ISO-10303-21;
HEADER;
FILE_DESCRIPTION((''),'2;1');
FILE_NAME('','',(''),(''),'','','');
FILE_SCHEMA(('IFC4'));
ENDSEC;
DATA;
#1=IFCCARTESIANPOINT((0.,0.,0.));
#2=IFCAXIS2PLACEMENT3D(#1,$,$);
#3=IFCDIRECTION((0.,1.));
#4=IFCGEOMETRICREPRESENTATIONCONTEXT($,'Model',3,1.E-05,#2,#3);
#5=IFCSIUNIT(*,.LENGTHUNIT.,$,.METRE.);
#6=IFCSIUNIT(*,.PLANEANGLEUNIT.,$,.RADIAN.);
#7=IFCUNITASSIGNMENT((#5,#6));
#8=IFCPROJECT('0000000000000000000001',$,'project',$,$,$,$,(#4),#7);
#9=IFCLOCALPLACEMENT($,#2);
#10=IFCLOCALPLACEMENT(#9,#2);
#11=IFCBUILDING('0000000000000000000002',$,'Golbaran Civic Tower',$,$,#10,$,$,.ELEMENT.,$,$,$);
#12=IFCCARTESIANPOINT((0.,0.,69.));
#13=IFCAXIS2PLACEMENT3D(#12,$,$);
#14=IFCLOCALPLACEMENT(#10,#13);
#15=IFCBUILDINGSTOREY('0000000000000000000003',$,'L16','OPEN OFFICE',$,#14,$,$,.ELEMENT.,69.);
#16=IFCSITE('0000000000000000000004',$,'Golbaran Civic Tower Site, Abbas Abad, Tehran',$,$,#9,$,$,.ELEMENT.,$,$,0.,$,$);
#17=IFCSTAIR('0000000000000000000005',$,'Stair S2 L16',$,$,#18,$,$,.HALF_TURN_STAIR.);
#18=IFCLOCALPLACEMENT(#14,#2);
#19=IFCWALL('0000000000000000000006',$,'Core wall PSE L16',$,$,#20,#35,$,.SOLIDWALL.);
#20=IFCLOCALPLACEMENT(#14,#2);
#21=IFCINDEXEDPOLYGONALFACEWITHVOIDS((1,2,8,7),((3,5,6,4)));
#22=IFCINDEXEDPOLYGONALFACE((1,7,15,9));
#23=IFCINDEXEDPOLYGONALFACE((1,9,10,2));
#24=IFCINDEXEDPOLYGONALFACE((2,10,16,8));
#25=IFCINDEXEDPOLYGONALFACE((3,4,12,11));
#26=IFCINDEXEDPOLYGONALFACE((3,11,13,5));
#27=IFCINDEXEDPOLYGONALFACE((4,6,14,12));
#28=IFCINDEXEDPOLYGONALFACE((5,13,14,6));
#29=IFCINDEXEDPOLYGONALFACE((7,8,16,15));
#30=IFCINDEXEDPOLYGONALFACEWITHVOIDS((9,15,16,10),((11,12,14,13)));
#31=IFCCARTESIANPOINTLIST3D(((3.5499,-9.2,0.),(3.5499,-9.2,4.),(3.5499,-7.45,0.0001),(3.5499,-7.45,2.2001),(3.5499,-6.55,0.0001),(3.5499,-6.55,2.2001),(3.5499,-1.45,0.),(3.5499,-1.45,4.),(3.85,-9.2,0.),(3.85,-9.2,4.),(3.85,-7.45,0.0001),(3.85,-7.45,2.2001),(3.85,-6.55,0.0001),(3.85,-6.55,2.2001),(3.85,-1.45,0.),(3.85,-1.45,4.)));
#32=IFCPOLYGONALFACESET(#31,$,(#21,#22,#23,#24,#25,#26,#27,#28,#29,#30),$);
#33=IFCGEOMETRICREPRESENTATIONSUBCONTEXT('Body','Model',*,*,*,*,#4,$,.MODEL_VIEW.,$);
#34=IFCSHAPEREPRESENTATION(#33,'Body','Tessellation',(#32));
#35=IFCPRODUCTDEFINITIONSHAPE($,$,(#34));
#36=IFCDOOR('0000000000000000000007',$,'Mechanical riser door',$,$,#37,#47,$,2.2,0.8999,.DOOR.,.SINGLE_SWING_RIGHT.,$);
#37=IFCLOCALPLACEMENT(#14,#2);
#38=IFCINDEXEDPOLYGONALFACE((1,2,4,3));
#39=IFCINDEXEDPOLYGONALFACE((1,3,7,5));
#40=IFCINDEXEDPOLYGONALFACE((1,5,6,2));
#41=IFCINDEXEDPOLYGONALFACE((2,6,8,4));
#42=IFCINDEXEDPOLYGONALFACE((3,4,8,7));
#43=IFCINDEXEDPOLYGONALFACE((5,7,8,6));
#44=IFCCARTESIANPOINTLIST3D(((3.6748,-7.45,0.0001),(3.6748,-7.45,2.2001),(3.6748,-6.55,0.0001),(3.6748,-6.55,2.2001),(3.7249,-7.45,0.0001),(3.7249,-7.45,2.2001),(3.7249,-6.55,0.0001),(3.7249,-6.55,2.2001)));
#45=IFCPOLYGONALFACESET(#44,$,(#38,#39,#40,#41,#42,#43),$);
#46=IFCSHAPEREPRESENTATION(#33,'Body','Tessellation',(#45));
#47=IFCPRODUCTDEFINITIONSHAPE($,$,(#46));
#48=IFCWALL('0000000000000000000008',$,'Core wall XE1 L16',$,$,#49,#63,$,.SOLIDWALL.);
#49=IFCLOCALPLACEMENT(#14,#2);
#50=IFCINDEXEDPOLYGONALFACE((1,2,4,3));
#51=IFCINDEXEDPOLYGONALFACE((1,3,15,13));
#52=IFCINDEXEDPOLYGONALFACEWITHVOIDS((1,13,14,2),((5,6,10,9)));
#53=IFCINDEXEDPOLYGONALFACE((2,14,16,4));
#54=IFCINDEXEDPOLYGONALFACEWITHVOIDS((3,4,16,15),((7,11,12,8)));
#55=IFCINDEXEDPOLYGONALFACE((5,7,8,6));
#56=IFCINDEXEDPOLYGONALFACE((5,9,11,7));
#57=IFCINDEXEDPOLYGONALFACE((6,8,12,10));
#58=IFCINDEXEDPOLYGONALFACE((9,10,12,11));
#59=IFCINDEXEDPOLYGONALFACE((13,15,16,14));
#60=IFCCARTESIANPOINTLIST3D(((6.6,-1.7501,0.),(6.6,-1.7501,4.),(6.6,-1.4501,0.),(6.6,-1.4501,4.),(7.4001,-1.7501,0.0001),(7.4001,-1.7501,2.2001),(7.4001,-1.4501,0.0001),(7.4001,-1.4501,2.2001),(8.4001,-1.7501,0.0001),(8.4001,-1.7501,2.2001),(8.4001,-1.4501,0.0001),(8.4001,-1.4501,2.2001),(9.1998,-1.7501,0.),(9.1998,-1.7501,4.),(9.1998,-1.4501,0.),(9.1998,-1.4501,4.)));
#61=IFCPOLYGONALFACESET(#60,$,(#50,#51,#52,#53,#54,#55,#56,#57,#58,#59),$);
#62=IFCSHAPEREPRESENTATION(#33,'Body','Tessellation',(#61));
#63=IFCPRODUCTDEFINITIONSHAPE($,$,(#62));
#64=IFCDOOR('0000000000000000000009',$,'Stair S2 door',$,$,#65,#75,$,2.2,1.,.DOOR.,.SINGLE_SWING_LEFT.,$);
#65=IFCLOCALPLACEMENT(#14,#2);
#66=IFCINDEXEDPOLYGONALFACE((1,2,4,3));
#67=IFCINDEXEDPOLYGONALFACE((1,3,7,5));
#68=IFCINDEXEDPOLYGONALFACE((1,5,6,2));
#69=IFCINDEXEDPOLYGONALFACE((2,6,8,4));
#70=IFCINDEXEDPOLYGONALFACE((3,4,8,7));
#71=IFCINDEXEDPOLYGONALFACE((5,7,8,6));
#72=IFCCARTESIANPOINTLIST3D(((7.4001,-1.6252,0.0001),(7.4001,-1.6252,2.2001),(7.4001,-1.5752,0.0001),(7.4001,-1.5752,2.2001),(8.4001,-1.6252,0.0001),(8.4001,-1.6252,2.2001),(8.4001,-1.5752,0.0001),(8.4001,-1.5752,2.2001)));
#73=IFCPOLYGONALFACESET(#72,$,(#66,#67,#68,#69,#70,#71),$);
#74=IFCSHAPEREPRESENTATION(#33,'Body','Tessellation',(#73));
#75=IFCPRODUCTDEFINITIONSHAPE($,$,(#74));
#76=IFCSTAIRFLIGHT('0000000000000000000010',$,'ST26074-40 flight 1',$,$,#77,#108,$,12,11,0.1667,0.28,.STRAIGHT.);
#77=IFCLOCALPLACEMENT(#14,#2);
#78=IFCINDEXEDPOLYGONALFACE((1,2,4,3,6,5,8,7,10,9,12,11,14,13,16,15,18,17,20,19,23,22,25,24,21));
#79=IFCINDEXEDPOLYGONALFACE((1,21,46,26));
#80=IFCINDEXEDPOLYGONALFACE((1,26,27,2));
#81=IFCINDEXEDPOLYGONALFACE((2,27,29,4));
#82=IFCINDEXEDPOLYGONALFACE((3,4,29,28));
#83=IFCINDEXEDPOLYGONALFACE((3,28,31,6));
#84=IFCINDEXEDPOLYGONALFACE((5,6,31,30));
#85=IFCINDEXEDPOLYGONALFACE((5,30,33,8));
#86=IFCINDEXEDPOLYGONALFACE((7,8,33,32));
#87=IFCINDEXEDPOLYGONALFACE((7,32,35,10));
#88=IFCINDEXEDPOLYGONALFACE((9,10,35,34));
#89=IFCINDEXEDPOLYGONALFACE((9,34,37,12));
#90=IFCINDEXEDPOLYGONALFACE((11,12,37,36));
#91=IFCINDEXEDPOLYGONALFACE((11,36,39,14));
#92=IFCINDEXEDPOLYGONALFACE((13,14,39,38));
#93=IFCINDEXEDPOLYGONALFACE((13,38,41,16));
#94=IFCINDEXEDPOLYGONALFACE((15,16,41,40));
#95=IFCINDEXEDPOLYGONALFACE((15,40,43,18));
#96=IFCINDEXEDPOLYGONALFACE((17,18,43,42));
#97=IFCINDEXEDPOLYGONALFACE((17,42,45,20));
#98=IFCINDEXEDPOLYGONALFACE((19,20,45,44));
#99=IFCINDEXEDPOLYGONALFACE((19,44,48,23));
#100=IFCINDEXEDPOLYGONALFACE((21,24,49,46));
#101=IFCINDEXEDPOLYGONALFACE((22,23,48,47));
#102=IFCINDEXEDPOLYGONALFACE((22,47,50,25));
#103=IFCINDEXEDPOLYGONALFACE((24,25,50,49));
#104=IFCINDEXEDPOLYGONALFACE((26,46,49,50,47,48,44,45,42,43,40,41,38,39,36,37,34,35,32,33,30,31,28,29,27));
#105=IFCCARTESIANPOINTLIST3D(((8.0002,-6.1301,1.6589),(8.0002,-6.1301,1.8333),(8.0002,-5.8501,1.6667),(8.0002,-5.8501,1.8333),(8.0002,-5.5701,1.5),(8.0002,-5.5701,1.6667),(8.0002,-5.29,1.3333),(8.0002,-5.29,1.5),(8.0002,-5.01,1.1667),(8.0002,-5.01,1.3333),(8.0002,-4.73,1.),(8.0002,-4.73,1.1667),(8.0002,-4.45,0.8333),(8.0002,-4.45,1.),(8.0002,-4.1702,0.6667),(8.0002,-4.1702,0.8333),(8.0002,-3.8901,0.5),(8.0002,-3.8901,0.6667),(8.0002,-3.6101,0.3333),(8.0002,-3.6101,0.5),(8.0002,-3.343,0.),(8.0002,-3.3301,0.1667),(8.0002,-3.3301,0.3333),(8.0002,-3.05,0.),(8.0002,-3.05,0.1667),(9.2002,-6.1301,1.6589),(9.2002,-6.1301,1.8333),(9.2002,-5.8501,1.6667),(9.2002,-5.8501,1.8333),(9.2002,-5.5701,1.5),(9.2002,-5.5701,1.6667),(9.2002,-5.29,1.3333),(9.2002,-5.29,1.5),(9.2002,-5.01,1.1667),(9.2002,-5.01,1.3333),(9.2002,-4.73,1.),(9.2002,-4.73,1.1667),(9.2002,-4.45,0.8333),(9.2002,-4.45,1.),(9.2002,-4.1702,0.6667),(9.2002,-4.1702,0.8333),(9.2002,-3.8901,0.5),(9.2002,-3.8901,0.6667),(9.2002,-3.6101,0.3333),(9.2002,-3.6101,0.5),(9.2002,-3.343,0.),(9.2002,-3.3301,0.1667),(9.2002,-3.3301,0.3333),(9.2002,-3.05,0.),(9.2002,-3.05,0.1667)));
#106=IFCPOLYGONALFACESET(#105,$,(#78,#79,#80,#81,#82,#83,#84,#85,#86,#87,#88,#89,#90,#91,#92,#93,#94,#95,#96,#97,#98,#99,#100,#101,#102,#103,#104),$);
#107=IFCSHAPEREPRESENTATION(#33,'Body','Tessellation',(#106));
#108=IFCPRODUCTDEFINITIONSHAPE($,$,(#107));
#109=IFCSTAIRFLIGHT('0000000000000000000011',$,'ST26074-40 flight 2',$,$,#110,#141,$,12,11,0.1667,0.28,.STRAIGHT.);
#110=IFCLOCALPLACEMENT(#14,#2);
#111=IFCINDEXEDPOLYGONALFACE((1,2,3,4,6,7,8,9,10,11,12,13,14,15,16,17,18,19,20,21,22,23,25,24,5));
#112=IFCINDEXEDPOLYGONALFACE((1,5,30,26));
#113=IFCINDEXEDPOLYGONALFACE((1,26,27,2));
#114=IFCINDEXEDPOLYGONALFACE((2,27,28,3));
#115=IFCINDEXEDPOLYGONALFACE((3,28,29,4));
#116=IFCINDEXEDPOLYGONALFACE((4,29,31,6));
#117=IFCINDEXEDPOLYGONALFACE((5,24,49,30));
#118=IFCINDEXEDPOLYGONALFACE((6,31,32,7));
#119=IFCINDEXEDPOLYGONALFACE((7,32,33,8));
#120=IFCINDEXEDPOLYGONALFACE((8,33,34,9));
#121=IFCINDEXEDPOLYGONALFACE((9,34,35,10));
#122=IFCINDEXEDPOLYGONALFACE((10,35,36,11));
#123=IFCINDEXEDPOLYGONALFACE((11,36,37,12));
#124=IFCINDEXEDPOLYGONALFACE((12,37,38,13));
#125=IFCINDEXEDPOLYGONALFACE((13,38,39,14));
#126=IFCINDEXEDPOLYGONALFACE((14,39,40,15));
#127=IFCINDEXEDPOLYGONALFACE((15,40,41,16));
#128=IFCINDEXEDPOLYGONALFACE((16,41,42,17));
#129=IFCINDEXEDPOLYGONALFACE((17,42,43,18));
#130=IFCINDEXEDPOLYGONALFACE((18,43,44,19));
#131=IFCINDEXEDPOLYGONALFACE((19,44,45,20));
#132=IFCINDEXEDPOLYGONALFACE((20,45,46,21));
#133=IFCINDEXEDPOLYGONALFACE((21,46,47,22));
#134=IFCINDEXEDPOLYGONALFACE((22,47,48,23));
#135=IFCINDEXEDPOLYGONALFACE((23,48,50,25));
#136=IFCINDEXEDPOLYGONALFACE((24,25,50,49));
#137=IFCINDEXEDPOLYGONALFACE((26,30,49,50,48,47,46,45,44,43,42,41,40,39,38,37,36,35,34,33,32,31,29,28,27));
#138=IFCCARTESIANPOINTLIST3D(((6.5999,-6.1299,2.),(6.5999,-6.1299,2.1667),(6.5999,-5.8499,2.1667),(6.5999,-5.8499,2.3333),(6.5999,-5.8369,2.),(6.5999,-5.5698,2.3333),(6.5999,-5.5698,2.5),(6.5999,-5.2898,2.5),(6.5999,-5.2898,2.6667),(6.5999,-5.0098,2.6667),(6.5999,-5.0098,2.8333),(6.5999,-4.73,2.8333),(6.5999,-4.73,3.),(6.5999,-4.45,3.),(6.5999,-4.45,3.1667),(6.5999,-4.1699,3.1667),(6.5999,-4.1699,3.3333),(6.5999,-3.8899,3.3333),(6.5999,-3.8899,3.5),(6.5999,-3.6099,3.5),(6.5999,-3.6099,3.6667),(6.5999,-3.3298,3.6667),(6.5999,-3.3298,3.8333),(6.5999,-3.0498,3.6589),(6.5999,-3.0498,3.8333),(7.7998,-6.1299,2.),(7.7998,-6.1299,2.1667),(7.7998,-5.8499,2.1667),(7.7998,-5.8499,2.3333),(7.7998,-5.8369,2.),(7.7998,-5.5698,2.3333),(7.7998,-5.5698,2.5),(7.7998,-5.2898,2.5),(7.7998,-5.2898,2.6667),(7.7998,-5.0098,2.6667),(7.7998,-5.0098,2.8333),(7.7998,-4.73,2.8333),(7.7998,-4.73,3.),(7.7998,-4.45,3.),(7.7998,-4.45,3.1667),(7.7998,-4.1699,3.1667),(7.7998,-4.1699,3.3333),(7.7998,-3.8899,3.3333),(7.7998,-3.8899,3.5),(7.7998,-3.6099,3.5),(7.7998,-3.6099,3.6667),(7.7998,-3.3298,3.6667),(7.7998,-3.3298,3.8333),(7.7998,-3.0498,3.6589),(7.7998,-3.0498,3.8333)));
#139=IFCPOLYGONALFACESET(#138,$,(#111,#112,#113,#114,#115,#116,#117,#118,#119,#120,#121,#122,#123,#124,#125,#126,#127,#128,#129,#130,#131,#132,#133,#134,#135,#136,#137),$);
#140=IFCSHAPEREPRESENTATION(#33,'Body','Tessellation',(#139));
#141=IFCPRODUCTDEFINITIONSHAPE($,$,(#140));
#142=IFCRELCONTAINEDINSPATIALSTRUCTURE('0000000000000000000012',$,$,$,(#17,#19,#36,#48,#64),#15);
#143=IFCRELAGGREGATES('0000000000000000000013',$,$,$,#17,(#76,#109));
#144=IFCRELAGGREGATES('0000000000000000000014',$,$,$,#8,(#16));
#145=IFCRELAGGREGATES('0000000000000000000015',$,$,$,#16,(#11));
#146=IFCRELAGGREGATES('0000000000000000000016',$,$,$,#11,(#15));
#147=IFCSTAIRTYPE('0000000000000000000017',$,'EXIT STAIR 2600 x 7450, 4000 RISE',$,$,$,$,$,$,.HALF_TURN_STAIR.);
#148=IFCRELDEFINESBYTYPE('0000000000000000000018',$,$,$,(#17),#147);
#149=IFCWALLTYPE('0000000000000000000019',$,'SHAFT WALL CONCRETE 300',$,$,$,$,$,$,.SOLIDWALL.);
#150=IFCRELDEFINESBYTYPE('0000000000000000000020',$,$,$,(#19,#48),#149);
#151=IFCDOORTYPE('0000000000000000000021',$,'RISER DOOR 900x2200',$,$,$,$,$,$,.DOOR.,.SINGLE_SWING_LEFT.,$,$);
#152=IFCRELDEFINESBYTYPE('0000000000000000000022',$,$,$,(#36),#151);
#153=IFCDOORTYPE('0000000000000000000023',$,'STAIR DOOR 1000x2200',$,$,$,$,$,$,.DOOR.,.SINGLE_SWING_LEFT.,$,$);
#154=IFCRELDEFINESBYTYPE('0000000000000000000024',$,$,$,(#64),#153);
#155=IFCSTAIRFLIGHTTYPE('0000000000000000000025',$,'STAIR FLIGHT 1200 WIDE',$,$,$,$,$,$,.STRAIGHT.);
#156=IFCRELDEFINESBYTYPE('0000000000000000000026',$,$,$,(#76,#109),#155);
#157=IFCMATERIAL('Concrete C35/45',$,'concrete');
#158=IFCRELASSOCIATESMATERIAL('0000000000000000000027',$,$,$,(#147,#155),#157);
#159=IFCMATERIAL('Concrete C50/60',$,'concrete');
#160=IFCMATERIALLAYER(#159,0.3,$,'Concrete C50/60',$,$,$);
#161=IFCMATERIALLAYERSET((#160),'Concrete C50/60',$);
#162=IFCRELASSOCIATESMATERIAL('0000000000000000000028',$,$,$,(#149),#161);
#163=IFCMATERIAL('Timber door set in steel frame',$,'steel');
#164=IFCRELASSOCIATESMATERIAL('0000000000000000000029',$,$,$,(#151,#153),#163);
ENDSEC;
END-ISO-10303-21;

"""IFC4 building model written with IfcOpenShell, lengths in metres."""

from ifc_helpers import new_model, si_unit, direction, frame, frame_2d, origin, place, context, subcontext, project, spatial, polyline, rectangle, outline, extrude, material, layer, layer_set, type_object, element, fill, aggregate, save


model = new_model("IFC4")

# Units and contexts
model_context = context("Model", 3, precision=1e-05, world=origin(), true_north=direction((0.0, 1.0)))
body_context = subcontext(model_context, "Body", "Model", "MODEL_VIEW")
ifc_project = project(units=[si_unit("LENGTHUNIT", "METRE"), si_unit("PLANEANGLEUNIT", "RADIAN")], contexts=[model_context])

# Site, building, storey
site_placement = place(None, origin())
site = spatial("IfcSite", under=ifc_project, at=site_placement, Name="Golbaran Civic Tower Site, Abbas Abad, Tehran", CompositionType="ELEMENT", RefElevation=0.0)
building_placement = place(site_placement, origin())
building = spatial("IfcBuilding", under=site, at=building_placement, Name="Golbaran Civic Tower", CompositionType="ELEMENT")
storey_placement = place(building_placement, frame((0.0, 0.0, 69.0)))
storey = spatial("IfcBuildingStorey", under=building, at=storey_placement, Name="L16", Description="OPEN OFFICE", CompositionType="ELEMENT", Elevation=69.0)

# Shared definitions
ifc_material_1 = material(Name="Concrete C35/45", Category="concrete")
stair_type = type_object("IfcStairType", Name="EXIT STAIR 2600 x 7450, 4000 RISE", PredefinedType="HALF_TURN_STAIR", material=ifc_material_1)

# Stair
stair_1_placement = place(storey_placement, origin())
stair_1 = element("IfcStair", 1, at=stair_1_placement, inside=storey, type_object=stair_type, Name="Stair S2 L16", PredefinedType="HALF_TURN_STAIR")

# Shared definitions
ifc_material_2 = material(Name="Timber door set in steel frame", Category="steel")

# Shared definitions
ifc_material_3 = material(Name="Concrete C50/60", Category="concrete")
ifc_layer_1 = layer(ifc_material_3, 0.3, Name="Concrete C50/60")
ifc_layer_set_1 = layer_set([ifc_layer_1], Name="Concrete C50/60")
wall_type_1 = type_object("IfcWallType", Name="SHAFT WALL CONCRETE 300", PredefinedType="SOLIDWALL", material=ifc_layer_set_1)

# Shared definitions
door_type_1 = type_object("IfcDoorType", Name="RISER DOOR 900x2200", OperationType="SINGLE_SWING_LEFT", PredefinedType="DOOR", material=ifc_material_2)
door_type_2 = type_object("IfcDoorType", Name="STAIR DOOR 1000x2200", OperationType="SINGLE_SWING_LEFT", PredefinedType="DOOR", material=ifc_material_2)

# Walls, openings, doors
wall_1_placement = place(storey_placement, frame((3.7, -1.45, 0.0), z_axis=(0.0, 0.0, 1.0), x_axis=(0.0, -1.0, 0.0)))
wall_1 = element("IfcWall", 2, at=wall_1_placement, inside=storey, type_object=wall_type_1, Name="Core wall PSE L16", PredefinedType="SOLIDWALL", context=body_context, shape_type="SweptSolid", body=[
    extrude(rectangle(XDim=7.75, YDim=0.3, at=frame_2d((3.875, 0.0))), origin(), (0.0, 0.0, 1.0), 4.0),
])
opening_1_placement = place(wall_1_placement, frame((5.1001, 0.0, 0.0)))
opening_1 = element("IfcOpeningElement", 3, at=opening_1_placement, cuts=wall_1, PredefinedType="OPENING", context=body_context, shape_type="SweptSolid", body=[
    extrude(rectangle(XDim=0.8999, YDim=2.2, at=frame_2d((0.45, 1.1001))), frame((0.0, 0.1599, 0.0), z_axis=(0.0, -1.0, 0.0), x_axis=(1.0, 0.0, 0.0)), (0.0, 0.0, 1.0), 0.3201),
])
door_1_placement = place(opening_1_placement, origin())
door_1 = element("IfcDoor", 4, at=door_1_placement, inside=storey, type_object=door_type_1, Name="Mechanical riser door", OperationType="SINGLE_SWING_RIGHT", OverallHeight=2.2, OverallWidth=0.8999, PredefinedType="DOOR", context=body_context, shape_type="SweptSolid", body=[
    extrude(rectangle(XDim=0.8999, YDim=2.2, at=frame_2d((0.45, 1.1001))), frame((0.0, 0.0249, 0.0), z_axis=(0.0, -1.0, 0.0), x_axis=(1.0, 0.0, 0.0)), (0.0, 0.0, 1.0), 0.05),
])
fill(opening_1, door_1)
wall_2_placement = place(storey_placement, frame((6.6001, -1.6001, 0.0), z_axis=(0.0, 0.0, 1.0), x_axis=(1.0, 0.0, 0.0)))
wall_2 = element("IfcWall", 5, at=wall_2_placement, inside=storey, type_object=wall_type_1, Name="Core wall XE1 L16", PredefinedType="SOLIDWALL", context=body_context, shape_type="SweptSolid", body=[
    extrude(rectangle(XDim=2.5999, YDim=0.3, at=frame_2d((1.2998, 0.0))), origin(), (0.0, 0.0, 1.0), 4.0),
])
opening_2_placement = place(wall_2_placement, frame((0.8, 0.0, 0.0)))
opening_2 = element("IfcOpeningElement", 6, at=opening_2_placement, cuts=wall_2, PredefinedType="OPENING", context=body_context, shape_type="SweptSolid", body=[
    extrude(rectangle(XDim=1.0, YDim=2.2, at=frame_2d((0.5, 1.1001))), frame((0.0, 0.1599, 0.0), z_axis=(0.0, -1.0, 0.0), x_axis=(1.0, 0.0, 0.0)), (0.0, 0.0, 1.0), 0.3201),
])
door_2_placement = place(opening_2_placement, origin())
door_2 = element("IfcDoor", 7, at=door_2_placement, inside=storey, type_object=door_type_2, Name="Stair S2 door", OperationType="SINGLE_SWING_LEFT", OverallHeight=2.2, OverallWidth=1.0, PredefinedType="DOOR", context=body_context, shape_type="SweptSolid", body=[
    extrude(rectangle(XDim=1.0, YDim=2.2, at=frame_2d((0.5, 1.1001))), frame((0.0, 0.0249, 0.0), z_axis=(0.0, -1.0, 0.0), x_axis=(1.0, 0.0, 0.0)), (0.0, 0.0, 1.0), 0.05),
])
fill(opening_2, door_2)

# Stair flights
stair_flight_type = type_object("IfcStairFlightType", Name="STAIR FLIGHT 1200 WIDE", PredefinedType="STRAIGHT", material=ifc_material_1)
stair_flight_1_placement = place(storey_placement, frame((8.6001, -3.05, 0.0), z_axis=(0.0, 0.0, 1.0), x_axis=(0.0, -1.0, 0.0)))
stair_flight_1 = element("IfcStairFlight", 8, at=stair_flight_1_placement, type_object=stair_flight_type, Name="ST26074-40 flight 1", NumberOfRisers=12, NumberOfTreads=11, PredefinedType="STRAIGHT", RiserHeight=0.1667, TreadLength=0.28, context=body_context, shape_type="SweptSolid", body=[
    extrude(outline(polyline([(0.0, 0.0), (0.0, 0.1667), (0.28, 0.1667), (0.28, 0.3333), (0.5601, 0.3333), (0.5601, 0.5), (0.8401, 0.5), (0.8401, 0.6667), (1.1201, 0.6667), (1.1201, 0.8333), (1.3999, 0.8333), (1.3999, 1.0), (1.6799, 1.0), (1.6799, 1.1667), (1.96, 1.1667), (1.96, 1.3333), (2.24, 1.3333), (2.24, 1.5), (2.52, 1.5), (2.52, 1.6667), (2.8, 1.6667), (2.8, 1.8333), (3.0801, 1.8333), (3.0801, 2.0), (3.0801, 1.6589), (0.293, 0.0), (0.0, 0.0)])), frame((0.0, 0.6001, 0.0), z_axis=(0.0, -1.0, 0.0), x_axis=(1.0, 0.0, 0.0)), (0.0, 0.0, 1.0), 1.2),
])
stair_flight_2_placement = place(storey_placement, frame((7.2, -6.1299, 2.0), z_axis=(0.0, 0.0, 1.0), x_axis=(0.0, 1.0, 0.0)))
stair_flight_2 = element("IfcStairFlight", 9, at=stair_flight_2_placement, type_object=stair_flight_type, Name="ST26074-40 flight 2", NumberOfRisers=12, NumberOfTreads=11, PredefinedType="STRAIGHT", RiserHeight=0.1667, TreadLength=0.28, context=body_context, shape_type="SweptSolid", body=[
    extrude(outline(polyline([(0.0, 0.0), (0.0, 0.1667), (0.28, 0.1667), (0.28, 0.3333), (0.5601, 0.3333), (0.5601, 0.5), (0.8401, 0.5), (0.8401, 0.6667), (1.1201, 0.6667), (1.1201, 0.8333), (1.3999, 0.8333), (1.3999, 1.0), (1.6799, 1.0), (1.6799, 1.1667), (1.96, 1.1667), (1.96, 1.3333), (2.24, 1.3333), (2.24, 1.5), (2.52, 1.5), (2.52, 1.6667), (2.8, 1.6667), (2.8, 1.8333), (3.0801, 1.8333), (3.0801, 2.0), (3.0801, 1.6589), (0.293, 0.0), (0.0, 0.0)])), frame((0.0, 0.6001, 0.0), z_axis=(0.0, -1.0, 0.0), x_axis=(1.0, 0.0, 0.0)), (0.0, 0.0, 1.0), 1.2),
])
aggregate(stair_1, [stair_flight_1, stair_flight_2])

save(model, "model.ifc")
